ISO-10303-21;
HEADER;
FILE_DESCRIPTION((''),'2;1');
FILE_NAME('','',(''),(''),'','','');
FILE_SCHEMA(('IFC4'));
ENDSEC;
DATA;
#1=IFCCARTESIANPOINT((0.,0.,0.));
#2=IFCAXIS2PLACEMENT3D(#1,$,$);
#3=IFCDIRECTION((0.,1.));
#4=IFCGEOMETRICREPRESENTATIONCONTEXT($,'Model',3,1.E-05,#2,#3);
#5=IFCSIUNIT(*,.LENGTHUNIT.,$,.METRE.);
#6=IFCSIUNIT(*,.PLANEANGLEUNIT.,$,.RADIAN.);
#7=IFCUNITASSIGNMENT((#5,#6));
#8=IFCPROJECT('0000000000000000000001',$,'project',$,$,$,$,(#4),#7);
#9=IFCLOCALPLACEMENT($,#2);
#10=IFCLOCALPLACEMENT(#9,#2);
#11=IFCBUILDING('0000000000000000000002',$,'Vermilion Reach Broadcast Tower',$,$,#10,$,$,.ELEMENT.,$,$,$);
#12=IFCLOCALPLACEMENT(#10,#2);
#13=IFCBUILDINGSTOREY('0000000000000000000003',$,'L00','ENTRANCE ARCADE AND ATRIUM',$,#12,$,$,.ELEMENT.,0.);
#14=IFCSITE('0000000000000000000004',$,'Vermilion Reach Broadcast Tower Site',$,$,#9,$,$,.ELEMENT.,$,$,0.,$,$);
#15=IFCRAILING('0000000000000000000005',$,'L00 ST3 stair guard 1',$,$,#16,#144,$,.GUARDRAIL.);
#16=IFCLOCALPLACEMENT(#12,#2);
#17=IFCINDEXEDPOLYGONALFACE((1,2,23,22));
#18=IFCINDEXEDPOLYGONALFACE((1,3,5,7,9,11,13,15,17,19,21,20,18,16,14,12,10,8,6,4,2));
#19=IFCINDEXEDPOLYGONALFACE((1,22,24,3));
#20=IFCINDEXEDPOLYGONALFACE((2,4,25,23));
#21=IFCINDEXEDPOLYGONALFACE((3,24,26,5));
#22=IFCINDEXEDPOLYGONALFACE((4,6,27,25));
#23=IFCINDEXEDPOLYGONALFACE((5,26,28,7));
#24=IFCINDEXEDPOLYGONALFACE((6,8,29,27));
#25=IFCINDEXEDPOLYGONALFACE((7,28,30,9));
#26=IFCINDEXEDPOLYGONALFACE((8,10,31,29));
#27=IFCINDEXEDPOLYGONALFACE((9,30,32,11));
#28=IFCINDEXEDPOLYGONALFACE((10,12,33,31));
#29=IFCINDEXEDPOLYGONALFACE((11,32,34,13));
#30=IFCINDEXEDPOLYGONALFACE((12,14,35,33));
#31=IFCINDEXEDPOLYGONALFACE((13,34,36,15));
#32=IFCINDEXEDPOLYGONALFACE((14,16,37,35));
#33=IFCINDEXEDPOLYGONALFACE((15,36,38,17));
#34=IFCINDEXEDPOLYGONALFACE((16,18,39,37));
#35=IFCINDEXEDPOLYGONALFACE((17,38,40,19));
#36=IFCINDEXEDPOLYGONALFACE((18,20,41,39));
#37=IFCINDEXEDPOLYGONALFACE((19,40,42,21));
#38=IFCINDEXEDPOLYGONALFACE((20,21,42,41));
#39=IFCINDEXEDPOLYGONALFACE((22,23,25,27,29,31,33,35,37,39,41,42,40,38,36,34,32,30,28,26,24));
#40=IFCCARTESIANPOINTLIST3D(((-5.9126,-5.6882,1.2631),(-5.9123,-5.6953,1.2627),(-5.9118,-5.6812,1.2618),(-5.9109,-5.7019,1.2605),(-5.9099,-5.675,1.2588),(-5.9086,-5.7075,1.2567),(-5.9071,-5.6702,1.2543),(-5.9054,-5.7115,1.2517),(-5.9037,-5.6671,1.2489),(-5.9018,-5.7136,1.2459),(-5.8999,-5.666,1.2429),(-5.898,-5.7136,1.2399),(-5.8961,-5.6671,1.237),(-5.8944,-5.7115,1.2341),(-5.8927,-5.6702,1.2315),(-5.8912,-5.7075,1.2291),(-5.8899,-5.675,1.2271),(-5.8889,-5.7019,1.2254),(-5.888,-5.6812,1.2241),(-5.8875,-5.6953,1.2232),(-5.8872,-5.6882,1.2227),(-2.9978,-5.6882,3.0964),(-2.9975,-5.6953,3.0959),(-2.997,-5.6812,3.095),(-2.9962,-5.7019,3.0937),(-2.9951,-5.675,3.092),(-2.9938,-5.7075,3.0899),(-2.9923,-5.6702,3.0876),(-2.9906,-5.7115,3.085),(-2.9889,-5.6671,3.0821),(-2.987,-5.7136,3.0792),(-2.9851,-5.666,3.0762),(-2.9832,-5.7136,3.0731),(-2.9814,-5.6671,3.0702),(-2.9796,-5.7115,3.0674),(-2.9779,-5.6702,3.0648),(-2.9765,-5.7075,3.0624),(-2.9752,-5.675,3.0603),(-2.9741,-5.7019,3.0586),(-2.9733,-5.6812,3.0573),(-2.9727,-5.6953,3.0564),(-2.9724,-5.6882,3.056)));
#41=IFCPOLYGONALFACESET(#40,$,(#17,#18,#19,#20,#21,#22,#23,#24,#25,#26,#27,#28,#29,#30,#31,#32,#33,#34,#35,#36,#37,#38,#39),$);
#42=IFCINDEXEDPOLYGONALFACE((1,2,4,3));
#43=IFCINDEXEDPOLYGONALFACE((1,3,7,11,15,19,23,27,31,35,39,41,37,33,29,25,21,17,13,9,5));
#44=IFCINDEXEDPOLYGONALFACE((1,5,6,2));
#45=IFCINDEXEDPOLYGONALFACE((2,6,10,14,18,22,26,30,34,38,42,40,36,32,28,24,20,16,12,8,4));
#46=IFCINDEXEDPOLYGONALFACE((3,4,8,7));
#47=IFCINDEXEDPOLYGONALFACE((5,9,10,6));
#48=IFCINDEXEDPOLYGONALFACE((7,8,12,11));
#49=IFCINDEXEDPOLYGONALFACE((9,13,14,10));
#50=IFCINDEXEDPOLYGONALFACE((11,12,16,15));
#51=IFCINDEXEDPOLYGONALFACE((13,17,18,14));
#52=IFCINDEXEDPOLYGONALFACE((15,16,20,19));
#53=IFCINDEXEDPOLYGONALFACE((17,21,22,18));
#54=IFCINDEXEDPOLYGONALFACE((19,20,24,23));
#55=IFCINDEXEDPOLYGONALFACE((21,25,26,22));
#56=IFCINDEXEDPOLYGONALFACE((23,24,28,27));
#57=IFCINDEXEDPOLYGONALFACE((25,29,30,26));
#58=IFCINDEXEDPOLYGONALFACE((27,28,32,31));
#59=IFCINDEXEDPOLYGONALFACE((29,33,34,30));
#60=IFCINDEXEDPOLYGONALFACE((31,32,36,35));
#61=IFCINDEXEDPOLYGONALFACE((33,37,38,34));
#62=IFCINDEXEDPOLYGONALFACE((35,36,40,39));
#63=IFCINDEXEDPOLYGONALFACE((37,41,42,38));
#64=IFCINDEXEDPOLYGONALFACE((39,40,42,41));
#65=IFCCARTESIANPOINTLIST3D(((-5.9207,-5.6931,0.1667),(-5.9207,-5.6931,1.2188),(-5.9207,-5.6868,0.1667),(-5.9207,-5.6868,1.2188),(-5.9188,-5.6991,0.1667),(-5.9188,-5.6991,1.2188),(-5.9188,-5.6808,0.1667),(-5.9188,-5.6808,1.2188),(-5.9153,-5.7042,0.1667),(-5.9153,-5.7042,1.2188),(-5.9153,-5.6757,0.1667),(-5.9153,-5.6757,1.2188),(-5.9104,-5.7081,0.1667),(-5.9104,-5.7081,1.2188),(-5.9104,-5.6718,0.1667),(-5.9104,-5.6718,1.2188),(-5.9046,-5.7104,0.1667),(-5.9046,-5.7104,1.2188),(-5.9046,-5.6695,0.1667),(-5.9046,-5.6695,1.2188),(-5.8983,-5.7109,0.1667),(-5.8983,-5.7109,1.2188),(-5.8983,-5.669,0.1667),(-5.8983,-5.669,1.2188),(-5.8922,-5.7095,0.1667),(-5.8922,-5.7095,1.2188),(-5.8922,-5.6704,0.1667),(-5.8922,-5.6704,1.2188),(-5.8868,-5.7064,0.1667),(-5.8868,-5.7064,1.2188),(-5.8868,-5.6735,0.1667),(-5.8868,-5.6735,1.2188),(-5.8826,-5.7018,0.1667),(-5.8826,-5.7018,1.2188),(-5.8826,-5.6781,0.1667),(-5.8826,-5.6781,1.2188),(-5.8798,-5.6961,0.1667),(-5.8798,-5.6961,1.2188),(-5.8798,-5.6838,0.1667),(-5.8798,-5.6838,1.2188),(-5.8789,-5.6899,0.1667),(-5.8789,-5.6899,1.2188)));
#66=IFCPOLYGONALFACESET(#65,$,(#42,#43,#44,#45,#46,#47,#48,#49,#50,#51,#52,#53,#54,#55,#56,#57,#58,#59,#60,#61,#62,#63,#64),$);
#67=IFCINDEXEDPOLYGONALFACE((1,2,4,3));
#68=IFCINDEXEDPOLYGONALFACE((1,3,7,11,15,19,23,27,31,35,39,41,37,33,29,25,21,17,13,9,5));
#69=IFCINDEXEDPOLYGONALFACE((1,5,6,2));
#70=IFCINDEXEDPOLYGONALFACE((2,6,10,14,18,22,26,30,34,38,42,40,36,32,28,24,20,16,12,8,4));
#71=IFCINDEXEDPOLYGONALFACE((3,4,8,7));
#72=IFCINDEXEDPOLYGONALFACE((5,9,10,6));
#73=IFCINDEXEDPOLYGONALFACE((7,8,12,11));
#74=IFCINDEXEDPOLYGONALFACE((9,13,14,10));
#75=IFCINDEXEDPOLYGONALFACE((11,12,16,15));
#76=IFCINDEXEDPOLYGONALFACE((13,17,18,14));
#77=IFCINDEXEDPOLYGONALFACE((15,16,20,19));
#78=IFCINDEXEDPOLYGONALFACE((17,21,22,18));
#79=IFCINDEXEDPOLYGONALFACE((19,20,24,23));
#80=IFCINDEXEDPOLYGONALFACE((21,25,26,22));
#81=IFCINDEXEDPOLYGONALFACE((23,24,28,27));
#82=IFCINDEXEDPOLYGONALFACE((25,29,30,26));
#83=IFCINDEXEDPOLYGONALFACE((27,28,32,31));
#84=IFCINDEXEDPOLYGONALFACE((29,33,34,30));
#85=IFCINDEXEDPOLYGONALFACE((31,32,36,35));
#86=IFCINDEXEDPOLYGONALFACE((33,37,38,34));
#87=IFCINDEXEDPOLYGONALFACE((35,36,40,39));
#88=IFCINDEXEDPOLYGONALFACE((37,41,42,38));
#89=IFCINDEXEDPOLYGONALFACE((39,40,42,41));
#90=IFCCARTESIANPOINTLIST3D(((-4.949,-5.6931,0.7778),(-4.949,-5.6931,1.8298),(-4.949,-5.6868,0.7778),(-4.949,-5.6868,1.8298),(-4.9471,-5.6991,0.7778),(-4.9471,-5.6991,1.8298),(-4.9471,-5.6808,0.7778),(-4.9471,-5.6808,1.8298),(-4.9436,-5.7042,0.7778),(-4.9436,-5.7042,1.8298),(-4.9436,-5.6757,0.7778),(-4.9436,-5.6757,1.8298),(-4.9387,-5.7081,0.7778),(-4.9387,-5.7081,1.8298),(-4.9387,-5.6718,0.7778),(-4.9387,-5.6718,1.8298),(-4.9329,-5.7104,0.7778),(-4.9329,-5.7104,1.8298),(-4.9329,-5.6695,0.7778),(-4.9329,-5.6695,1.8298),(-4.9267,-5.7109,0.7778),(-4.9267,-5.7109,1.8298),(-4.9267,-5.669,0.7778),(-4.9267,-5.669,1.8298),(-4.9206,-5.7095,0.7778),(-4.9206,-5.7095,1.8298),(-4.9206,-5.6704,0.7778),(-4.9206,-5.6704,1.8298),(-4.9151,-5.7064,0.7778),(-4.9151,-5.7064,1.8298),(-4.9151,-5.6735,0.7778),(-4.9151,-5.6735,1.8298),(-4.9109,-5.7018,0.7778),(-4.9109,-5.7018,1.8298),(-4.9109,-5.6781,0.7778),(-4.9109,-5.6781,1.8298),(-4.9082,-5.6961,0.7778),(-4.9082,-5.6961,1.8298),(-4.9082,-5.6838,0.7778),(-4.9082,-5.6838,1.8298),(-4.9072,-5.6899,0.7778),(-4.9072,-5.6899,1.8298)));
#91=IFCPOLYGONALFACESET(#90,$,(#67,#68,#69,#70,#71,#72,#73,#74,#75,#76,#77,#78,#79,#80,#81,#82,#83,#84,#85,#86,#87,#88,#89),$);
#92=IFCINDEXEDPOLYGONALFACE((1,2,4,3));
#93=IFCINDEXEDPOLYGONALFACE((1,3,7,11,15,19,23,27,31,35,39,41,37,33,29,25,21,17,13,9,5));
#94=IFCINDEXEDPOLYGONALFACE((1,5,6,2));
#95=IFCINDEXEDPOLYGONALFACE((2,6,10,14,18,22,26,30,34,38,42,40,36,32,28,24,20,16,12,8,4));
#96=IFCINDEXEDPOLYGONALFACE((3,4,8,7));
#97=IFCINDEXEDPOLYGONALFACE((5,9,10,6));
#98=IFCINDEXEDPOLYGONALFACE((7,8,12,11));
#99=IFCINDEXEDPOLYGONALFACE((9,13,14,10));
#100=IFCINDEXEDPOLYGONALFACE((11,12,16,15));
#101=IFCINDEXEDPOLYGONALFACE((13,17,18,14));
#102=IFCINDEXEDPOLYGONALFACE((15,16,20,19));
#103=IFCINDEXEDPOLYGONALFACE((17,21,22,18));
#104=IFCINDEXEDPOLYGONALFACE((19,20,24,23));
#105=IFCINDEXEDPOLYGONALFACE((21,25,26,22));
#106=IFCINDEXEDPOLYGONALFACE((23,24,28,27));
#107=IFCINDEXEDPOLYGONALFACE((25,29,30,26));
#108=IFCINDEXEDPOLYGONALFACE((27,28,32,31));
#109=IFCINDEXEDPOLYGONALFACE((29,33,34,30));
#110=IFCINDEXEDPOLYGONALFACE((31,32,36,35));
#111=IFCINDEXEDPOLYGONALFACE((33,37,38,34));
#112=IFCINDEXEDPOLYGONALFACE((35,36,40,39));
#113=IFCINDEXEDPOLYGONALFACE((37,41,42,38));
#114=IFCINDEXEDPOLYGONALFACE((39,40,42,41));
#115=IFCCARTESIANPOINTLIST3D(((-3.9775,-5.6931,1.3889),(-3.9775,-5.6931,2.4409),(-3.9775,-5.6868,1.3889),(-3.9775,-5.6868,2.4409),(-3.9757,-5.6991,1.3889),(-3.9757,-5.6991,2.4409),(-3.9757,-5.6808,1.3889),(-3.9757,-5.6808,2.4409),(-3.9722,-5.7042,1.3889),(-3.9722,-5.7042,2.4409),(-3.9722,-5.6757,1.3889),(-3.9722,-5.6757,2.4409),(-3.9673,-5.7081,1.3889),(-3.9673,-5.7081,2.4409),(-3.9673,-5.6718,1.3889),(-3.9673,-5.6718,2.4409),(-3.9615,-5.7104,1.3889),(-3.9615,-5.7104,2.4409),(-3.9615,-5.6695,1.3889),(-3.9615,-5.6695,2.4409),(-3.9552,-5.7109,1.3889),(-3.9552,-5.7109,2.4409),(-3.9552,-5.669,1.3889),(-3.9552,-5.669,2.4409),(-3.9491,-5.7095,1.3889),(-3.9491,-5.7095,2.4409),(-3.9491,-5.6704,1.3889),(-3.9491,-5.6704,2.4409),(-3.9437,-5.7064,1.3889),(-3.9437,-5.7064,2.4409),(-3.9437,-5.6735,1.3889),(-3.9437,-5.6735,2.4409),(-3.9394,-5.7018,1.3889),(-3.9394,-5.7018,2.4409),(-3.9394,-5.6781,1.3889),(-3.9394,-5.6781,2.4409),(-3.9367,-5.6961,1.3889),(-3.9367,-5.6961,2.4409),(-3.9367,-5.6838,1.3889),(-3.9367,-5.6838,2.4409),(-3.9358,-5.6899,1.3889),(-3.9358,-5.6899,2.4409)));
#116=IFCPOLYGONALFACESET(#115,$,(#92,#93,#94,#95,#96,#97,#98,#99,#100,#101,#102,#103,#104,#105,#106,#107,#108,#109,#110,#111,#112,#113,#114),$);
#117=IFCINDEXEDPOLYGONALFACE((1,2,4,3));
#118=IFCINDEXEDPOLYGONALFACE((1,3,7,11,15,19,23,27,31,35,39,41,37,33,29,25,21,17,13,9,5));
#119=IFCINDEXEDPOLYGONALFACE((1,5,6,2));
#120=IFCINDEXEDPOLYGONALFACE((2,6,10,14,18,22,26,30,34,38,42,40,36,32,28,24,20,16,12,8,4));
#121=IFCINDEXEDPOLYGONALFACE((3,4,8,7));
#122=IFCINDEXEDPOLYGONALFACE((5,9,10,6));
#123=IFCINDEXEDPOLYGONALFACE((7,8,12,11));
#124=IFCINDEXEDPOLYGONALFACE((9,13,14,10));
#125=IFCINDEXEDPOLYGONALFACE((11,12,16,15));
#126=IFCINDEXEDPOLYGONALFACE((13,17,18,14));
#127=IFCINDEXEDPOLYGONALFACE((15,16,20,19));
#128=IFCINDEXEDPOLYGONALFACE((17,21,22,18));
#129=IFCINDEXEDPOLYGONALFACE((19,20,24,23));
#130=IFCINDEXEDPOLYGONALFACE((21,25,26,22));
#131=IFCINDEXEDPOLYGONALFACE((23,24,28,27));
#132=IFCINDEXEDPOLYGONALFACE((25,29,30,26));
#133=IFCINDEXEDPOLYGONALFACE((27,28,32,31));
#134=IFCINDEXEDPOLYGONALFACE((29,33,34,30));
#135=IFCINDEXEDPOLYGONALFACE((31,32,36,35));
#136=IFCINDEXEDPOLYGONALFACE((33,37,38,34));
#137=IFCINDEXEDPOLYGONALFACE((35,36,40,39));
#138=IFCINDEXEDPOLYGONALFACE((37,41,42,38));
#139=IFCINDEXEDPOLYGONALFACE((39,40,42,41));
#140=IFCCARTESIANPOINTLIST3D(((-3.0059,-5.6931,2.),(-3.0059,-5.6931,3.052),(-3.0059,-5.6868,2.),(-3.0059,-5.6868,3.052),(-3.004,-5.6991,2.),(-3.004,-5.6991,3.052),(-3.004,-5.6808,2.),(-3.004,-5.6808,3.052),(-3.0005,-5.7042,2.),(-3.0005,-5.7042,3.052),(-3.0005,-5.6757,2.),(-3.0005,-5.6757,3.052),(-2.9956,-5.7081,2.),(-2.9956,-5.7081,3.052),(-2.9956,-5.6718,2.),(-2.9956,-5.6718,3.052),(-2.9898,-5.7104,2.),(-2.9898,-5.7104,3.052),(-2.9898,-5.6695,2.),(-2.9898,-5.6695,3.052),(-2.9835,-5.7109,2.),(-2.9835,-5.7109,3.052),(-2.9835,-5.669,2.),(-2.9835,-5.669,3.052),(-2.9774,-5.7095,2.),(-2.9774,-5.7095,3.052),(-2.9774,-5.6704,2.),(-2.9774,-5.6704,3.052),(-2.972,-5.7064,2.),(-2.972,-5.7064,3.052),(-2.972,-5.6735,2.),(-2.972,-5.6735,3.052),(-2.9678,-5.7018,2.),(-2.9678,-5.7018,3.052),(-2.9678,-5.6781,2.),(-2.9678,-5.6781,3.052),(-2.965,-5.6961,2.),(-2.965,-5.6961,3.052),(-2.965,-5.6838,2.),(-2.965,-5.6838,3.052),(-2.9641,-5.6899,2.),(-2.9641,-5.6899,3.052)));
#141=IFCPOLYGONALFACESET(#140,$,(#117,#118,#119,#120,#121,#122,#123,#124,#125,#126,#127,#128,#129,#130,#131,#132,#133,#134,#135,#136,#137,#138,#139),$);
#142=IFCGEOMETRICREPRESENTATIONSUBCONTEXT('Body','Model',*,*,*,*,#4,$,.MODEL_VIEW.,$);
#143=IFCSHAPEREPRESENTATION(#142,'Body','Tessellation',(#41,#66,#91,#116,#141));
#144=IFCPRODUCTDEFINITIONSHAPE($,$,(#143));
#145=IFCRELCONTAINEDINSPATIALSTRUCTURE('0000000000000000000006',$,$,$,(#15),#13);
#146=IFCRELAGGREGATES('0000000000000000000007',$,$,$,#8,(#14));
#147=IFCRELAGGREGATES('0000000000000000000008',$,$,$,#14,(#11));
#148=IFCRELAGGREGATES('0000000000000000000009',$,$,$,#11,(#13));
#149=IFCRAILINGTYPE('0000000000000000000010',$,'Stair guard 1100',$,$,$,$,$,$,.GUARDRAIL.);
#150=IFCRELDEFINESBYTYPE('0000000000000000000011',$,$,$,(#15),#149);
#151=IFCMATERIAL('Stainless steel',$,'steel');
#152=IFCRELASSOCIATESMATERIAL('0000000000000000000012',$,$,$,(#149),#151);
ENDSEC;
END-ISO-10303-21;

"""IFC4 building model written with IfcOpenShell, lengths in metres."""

from ifc_helpers import new_model, si_unit, direction, frame, origin, origin_2d, place, context, subcontext, project, spatial, circle, extrude, material, type_object, element, save


model = new_model("IFC4")

# Units and contexts
model_context = context("Model", 3, precision=1e-05, world=origin(), true_north=direction((0.0, 1.0)))
body_context = subcontext(model_context, "Body", "Model", "MODEL_VIEW")
ifc_project = project(units=[si_unit("LENGTHUNIT", "METRE"), si_unit("PLANEANGLEUNIT", "RADIAN")], contexts=[model_context])

# Site, building, storey
site_placement = place(None, origin())
site = spatial("IfcSite", under=ifc_project, at=site_placement, Name="Vermilion Reach Broadcast Tower Site", CompositionType="ELEMENT", RefElevation=0.0)
building_placement = place(site_placement, origin())
building = spatial("IfcBuilding", under=site, at=building_placement, Name="Vermilion Reach Broadcast Tower", CompositionType="ELEMENT")
storey_placement = place(building_placement, origin())
storey = spatial("IfcBuildingStorey", under=building, at=storey_placement, Name="L00", Description="ENTRANCE ARCADE AND ATRIUM", CompositionType="ELEMENT", Elevation=0.0)

# Railing
ifc_material_1 = material(Name="Stainless steel", Category="steel")
railing_type_1 = type_object("IfcRailingType", Name="Stair guard 1100", PredefinedType="GUARDRAIL", material=ifc_material_1)
railing_1_placement = place(storey_placement, frame((-5.8999, -5.6899, 0.1667)))
element("IfcRailing", 1, at=railing_1_placement, inside=storey, type_object=railing_type_1, Name="L00 ST3 stair guard 1", PredefinedType="GUARDRAIL", context=body_context, shape_type="SweptSolid", body=[
    extrude(circle(Radius=0.0239, at=origin_2d()), frame((0.0, 0.0, 1.0762), z_axis=(0.846493, 0.0, 0.532399), x_axis=(0.0, 1.0, 0.0)), (0.0, 0.0, 1.0), 3.4434),
    extrude(circle(Radius=0.021, at=origin_2d()), origin(), (0.0, 0.0, 1.0), 1.052),
    extrude(circle(Radius=0.021, at=origin_2d()), frame((0.9717, 0.0, 0.6111)), (0.0, 0.0, 1.0), 1.052),
    extrude(circle(Radius=0.021, at=origin_2d()), frame((1.9431, 0.0, 1.2222)), (0.0, 0.0, 1.0), 1.052),
    extrude(circle(Radius=0.021, at=origin_2d()), frame((2.9148, 0.0, 1.8333)), (0.0, 0.0, 1.0), 1.052),
])

save(model, "model.ifc")
